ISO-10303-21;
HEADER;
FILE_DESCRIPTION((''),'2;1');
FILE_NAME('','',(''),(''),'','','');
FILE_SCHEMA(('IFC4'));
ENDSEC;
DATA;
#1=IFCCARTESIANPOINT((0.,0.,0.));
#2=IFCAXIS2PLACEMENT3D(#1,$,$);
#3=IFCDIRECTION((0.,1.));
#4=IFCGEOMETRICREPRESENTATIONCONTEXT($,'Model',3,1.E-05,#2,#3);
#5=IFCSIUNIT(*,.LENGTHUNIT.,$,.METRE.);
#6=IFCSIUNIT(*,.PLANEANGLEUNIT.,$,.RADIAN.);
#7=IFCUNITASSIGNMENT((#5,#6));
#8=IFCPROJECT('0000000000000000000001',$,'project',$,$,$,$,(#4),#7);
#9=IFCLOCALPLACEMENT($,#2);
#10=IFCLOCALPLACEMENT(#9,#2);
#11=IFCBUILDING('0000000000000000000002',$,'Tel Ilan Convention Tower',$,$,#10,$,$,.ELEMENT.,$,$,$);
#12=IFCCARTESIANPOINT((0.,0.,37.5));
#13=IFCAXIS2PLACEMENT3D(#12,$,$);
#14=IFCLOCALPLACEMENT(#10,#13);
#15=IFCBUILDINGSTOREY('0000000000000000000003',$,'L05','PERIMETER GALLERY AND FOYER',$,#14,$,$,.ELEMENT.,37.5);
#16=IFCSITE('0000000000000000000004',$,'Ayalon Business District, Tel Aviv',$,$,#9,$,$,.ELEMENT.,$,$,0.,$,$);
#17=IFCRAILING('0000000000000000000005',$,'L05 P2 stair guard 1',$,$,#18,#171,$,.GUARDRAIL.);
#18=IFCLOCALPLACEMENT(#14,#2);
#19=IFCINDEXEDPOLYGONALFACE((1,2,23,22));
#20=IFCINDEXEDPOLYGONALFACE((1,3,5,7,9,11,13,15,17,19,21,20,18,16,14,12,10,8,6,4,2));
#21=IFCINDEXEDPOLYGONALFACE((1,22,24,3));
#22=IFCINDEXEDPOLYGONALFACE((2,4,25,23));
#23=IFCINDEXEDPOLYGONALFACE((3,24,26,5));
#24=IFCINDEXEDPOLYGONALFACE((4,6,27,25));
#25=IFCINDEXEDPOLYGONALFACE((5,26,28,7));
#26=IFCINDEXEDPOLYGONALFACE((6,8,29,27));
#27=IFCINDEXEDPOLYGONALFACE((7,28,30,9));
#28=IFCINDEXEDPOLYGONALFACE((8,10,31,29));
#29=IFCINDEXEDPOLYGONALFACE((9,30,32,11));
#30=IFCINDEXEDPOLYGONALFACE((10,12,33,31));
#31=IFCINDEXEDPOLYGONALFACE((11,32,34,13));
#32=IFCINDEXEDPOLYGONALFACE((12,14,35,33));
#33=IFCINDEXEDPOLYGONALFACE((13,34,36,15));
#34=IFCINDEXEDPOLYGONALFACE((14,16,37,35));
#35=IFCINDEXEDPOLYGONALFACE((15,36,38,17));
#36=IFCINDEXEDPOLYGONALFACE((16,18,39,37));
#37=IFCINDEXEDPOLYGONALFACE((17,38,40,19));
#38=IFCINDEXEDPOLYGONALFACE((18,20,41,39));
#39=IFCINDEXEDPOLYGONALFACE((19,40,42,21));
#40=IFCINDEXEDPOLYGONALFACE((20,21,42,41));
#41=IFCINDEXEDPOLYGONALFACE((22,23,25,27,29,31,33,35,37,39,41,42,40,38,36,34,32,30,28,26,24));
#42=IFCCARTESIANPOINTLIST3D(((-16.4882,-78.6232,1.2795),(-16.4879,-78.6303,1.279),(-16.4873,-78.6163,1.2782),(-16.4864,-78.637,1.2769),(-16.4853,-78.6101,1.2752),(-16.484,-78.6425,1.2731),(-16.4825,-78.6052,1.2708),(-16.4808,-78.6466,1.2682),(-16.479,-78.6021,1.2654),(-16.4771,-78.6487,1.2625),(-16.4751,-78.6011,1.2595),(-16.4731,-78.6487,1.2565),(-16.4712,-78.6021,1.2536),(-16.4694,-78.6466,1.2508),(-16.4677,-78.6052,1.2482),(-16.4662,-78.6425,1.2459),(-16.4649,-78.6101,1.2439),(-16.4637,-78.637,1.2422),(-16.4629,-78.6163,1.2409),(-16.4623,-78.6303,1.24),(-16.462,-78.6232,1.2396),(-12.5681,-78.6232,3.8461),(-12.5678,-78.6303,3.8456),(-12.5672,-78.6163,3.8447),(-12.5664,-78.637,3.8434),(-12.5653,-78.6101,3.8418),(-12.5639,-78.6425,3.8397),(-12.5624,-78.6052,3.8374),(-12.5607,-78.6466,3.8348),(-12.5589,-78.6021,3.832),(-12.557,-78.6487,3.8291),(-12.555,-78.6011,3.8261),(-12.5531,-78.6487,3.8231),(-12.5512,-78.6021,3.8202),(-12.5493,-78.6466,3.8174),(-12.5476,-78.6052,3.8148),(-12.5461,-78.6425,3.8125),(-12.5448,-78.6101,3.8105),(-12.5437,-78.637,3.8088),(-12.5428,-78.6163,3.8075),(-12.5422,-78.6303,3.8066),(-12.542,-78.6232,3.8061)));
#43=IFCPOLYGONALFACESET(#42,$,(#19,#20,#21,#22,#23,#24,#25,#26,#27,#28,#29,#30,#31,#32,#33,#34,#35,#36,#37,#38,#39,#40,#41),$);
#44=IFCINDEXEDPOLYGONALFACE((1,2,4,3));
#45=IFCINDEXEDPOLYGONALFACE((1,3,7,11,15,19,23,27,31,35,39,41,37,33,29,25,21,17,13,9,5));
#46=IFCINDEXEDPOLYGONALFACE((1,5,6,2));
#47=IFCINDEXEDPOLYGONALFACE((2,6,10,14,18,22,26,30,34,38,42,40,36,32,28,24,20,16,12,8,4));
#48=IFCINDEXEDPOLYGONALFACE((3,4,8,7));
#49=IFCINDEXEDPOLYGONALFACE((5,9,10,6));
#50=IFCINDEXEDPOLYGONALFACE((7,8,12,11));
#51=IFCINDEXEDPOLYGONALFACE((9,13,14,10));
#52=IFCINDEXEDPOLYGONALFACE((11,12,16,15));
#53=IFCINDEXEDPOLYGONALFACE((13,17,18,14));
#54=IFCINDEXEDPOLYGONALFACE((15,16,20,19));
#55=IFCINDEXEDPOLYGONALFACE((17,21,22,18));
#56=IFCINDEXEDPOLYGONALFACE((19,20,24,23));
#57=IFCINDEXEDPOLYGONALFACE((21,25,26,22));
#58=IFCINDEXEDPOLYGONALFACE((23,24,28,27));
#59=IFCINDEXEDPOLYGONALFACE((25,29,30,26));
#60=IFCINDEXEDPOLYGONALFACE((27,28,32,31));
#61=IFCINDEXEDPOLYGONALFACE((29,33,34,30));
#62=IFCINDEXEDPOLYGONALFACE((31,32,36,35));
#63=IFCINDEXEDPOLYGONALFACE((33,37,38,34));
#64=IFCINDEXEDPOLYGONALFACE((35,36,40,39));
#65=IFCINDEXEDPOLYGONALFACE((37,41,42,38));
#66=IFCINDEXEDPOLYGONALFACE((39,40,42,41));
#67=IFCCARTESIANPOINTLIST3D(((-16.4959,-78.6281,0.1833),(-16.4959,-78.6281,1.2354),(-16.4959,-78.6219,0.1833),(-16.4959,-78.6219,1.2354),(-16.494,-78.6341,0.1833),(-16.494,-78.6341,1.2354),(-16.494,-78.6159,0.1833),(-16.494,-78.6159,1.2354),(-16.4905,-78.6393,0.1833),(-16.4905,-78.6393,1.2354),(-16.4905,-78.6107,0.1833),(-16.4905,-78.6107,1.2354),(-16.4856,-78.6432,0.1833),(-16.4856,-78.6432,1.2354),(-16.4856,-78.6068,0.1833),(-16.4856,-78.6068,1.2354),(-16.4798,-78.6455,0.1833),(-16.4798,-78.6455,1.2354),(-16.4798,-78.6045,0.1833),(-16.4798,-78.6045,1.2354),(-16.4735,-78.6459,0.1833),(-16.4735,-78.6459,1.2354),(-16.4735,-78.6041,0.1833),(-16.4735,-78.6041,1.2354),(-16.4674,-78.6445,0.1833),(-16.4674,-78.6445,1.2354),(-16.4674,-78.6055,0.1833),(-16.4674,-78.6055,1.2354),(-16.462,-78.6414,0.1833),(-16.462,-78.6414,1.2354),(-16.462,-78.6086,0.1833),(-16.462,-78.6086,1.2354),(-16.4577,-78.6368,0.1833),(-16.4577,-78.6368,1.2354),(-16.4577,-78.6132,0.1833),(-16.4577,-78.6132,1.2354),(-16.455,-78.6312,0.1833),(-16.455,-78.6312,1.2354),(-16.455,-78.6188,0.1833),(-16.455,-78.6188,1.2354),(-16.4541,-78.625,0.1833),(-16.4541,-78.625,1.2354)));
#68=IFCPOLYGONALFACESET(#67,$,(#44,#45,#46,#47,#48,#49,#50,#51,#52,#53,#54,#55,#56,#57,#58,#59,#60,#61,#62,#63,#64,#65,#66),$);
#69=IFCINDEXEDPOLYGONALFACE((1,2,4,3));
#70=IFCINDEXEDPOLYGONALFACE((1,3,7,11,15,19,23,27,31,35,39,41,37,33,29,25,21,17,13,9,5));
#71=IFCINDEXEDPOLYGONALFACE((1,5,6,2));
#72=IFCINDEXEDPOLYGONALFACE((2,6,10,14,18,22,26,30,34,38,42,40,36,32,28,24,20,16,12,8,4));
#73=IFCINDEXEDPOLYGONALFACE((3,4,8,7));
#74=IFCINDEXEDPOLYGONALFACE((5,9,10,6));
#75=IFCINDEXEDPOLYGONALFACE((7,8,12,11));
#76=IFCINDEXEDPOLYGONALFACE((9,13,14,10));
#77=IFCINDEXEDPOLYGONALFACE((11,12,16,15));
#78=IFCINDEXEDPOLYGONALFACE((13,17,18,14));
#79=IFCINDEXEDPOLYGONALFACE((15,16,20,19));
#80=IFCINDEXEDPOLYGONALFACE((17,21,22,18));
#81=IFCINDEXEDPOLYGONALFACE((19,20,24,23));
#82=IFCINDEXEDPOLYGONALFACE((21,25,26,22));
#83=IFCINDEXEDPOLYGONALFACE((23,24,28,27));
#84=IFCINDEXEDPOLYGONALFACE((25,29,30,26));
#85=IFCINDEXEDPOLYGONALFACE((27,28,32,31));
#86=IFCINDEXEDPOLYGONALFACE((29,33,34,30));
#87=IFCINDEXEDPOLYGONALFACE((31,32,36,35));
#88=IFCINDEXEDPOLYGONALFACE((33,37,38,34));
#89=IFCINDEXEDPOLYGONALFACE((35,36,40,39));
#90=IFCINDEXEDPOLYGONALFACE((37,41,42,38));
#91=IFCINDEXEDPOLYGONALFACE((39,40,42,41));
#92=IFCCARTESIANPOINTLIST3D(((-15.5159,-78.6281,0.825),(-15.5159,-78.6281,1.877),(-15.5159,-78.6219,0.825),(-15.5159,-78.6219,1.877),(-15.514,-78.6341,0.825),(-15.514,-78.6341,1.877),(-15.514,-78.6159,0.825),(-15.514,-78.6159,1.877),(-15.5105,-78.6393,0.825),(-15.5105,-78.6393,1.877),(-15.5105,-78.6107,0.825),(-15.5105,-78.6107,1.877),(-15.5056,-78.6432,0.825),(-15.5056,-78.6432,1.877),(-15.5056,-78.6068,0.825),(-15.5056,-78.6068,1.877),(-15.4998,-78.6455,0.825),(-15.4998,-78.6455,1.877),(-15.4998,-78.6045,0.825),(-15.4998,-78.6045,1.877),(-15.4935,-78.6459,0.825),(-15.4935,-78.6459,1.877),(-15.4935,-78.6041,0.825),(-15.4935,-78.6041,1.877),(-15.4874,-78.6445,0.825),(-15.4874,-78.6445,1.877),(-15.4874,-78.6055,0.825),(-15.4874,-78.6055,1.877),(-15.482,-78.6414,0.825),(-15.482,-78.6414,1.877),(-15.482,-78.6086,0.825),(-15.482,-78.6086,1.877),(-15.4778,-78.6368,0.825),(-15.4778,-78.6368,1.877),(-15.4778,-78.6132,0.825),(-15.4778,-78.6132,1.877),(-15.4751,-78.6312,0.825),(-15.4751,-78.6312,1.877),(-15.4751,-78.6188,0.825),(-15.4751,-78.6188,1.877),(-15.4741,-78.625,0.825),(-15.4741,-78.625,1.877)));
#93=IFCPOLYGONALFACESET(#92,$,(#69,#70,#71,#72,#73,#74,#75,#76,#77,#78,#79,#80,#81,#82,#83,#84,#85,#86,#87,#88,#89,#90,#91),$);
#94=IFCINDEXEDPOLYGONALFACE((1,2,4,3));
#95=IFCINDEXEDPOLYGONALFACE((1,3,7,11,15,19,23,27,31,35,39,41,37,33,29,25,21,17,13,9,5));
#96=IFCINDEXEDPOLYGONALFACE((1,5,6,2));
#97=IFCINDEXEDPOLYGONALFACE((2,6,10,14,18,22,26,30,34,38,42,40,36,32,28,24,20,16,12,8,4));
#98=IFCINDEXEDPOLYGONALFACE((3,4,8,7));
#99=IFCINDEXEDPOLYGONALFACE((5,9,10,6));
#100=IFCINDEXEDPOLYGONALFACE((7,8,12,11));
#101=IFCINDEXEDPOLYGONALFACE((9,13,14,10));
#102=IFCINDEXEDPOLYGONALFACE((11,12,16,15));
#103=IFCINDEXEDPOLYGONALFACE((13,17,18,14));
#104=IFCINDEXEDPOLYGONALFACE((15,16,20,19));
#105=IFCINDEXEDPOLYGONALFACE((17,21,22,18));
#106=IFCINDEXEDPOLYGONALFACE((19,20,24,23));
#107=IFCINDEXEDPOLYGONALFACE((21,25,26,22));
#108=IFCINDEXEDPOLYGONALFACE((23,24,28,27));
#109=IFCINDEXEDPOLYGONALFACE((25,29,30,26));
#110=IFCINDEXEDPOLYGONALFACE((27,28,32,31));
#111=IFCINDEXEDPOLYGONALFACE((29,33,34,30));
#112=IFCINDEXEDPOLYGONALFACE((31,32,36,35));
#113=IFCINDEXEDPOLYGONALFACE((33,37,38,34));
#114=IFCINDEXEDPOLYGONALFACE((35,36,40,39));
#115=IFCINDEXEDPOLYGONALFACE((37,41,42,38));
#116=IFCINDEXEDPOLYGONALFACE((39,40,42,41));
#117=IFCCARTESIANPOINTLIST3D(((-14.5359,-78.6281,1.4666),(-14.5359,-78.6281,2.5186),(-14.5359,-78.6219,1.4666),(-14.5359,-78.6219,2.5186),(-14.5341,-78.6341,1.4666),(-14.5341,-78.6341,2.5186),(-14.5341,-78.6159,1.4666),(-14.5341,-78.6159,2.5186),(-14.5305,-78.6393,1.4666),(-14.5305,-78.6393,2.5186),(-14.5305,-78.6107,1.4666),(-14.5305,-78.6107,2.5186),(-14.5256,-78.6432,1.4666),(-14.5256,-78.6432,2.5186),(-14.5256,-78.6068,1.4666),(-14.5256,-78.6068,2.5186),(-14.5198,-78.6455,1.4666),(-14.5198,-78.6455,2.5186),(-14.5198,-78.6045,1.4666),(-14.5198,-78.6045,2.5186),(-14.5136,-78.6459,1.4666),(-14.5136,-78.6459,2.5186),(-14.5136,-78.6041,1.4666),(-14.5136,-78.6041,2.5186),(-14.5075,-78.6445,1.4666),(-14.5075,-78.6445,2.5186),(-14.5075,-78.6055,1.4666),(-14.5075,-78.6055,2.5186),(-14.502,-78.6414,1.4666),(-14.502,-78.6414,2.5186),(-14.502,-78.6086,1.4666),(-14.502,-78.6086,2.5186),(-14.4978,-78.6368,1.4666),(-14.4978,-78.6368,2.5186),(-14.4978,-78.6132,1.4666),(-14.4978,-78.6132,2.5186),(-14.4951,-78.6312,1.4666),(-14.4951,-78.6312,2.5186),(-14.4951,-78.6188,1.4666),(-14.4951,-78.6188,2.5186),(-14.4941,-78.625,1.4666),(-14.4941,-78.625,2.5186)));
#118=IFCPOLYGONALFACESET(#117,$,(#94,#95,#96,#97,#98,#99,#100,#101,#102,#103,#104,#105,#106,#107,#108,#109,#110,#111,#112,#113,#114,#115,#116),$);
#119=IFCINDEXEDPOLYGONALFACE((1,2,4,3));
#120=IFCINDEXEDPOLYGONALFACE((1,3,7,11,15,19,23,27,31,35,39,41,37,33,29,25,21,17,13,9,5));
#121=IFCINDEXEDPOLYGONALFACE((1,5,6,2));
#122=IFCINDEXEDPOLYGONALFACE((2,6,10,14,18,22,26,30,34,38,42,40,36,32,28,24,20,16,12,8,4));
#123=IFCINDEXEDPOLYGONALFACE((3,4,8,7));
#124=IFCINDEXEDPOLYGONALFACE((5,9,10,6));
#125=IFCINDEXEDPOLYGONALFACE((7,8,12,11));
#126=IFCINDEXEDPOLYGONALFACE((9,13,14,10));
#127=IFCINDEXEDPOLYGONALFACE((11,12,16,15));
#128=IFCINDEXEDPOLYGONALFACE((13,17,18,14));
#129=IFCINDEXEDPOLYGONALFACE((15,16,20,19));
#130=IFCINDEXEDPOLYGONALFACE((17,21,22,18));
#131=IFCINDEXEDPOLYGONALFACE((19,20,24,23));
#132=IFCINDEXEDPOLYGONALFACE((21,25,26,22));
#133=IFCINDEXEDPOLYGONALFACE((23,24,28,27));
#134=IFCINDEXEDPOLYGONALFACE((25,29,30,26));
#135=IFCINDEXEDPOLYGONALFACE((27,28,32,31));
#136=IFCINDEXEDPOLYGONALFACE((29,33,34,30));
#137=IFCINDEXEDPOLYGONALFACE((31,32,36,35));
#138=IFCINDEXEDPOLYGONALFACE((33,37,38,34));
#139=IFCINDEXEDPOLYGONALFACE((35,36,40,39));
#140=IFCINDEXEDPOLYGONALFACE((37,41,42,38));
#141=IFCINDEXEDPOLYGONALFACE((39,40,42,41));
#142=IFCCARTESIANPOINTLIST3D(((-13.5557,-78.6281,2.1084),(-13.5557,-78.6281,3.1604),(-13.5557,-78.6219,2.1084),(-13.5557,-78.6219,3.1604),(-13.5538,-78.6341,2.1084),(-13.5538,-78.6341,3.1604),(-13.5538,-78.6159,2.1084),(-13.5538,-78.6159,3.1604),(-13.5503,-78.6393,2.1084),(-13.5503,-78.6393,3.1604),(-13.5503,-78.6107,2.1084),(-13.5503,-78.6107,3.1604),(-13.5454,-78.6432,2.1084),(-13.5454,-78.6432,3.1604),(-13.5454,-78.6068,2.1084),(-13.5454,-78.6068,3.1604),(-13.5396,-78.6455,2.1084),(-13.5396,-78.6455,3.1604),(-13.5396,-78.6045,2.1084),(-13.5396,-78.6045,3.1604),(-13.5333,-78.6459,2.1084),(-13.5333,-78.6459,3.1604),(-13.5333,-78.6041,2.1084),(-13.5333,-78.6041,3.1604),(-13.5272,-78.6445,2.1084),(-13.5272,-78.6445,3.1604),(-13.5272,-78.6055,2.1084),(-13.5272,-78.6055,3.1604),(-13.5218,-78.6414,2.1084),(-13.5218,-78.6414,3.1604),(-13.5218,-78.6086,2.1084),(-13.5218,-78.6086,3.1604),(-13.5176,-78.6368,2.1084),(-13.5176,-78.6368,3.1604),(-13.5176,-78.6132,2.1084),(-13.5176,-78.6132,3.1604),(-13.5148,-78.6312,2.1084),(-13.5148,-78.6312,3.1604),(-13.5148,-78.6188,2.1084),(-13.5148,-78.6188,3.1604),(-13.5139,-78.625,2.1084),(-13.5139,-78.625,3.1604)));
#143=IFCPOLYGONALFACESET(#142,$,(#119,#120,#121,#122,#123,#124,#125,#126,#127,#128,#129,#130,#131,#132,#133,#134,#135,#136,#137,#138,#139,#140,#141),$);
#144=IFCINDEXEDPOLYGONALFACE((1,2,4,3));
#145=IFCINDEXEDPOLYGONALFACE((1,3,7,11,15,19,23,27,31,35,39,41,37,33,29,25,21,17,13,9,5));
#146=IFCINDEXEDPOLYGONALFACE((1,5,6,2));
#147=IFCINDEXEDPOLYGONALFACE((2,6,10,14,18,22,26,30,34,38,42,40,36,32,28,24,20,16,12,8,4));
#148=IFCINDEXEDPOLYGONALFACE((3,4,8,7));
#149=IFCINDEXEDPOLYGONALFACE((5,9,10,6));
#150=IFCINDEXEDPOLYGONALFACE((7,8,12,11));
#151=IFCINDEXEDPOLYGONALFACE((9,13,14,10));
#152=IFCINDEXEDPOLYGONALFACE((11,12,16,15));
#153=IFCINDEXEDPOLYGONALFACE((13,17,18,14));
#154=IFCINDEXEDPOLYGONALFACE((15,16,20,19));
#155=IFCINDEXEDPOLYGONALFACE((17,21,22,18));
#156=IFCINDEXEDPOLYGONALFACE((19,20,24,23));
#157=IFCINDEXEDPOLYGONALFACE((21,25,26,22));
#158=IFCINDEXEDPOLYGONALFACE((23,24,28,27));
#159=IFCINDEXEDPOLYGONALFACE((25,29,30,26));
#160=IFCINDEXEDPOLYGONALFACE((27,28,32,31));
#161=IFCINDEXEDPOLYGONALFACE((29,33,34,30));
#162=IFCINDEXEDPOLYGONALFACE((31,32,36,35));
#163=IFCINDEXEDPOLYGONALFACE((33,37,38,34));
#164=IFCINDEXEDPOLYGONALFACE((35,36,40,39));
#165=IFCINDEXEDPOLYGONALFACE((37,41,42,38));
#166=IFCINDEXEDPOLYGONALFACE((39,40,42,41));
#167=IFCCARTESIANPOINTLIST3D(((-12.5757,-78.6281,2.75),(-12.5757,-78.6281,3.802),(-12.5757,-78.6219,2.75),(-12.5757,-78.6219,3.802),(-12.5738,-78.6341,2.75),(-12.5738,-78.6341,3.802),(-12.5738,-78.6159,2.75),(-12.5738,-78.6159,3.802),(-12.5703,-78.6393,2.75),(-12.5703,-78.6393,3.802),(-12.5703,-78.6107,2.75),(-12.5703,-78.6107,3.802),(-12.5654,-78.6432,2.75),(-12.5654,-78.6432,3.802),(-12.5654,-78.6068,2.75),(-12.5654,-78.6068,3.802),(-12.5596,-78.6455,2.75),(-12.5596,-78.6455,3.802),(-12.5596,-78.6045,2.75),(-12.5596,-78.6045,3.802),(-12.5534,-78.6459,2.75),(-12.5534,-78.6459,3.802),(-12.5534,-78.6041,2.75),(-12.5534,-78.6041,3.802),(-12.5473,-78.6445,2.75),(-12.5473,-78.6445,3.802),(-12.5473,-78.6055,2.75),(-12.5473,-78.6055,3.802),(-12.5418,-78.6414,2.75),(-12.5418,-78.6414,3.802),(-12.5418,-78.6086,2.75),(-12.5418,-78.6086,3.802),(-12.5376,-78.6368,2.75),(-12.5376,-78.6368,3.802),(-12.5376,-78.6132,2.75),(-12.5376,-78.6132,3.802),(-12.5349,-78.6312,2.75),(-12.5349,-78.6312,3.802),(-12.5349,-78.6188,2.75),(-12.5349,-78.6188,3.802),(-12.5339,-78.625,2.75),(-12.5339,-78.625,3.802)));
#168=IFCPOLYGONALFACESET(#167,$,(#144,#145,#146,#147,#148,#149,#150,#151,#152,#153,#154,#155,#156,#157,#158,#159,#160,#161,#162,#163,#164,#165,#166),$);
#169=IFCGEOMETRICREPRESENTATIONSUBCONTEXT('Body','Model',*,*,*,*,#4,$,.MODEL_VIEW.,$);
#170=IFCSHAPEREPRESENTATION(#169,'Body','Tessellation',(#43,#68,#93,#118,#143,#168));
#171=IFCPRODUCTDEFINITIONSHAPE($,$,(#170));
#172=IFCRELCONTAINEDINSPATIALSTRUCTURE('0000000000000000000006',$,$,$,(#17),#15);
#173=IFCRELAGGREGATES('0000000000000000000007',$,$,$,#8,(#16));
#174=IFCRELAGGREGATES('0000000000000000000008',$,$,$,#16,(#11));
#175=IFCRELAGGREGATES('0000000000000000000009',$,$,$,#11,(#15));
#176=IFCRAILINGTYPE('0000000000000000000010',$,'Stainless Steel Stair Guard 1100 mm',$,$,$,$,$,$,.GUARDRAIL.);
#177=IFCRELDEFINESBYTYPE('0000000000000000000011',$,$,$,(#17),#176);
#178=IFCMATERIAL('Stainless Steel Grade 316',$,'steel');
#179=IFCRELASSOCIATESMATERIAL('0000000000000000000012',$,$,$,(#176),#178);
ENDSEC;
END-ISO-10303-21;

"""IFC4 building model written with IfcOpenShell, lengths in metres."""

from ifc_helpers import new_model, si_unit, direction, frame, origin, origin_2d, place, context, subcontext, project, spatial, circle, extrude, material, type_object, element, save


model = new_model("IFC4")

# Units and contexts
model_context = context("Model", 3, precision=1e-05, world=origin(), true_north=direction((0.0, 1.0)))
body_context = subcontext(model_context, "Body", "Model", "MODEL_VIEW")
ifc_project = project(units=[si_unit("LENGTHUNIT", "METRE"), si_unit("PLANEANGLEUNIT", "RADIAN")], contexts=[model_context])

# Site, building, storey
site_placement = place(None, origin())
site = spatial("IfcSite", under=ifc_project, at=site_placement, Name="Ayalon Business District, Tel Aviv", CompositionType="ELEMENT", RefElevation=0.0)
building_placement = place(site_placement, origin())
building = spatial("IfcBuilding", under=site, at=building_placement, Name="Tel Ilan Convention Tower", CompositionType="ELEMENT")
storey_placement = place(building_placement, frame((0.0, 0.0, 37.5)))
storey = spatial("IfcBuildingStorey", under=building, at=storey_placement, Name="L05", Description="PERIMETER GALLERY AND FOYER", CompositionType="ELEMENT", Elevation=37.5)

# Railing
ifc_material_1 = material(Name="Stainless Steel Grade 316", Category="steel")
railing_type_1 = type_object("IfcRailingType", Name="Stainless Steel Stair Guard 1100 mm", PredefinedType="GUARDRAIL", material=ifc_material_1)
railing_1_placement = place(storey_placement, frame((-16.4751, -78.625, 0.1833)))
element("IfcRailing", 1, at=railing_1_placement, inside=storey, type_object=railing_type_1, Name="L05 P2 stair guard 1", PredefinedType="GUARDRAIL", context=body_context, shape_type="SweptSolid", body=[
    extrude(circle(Radius=0.0239, at=origin_2d()), frame((0.0, 0.0, 1.0762), z_axis=(0.836631, 0.0, 0.547767), x_axis=(0.0, 1.0, 0.0)), (0.0, 0.0, 1.0), 4.6855),
    extrude(circle(Radius=0.021, at=origin_2d()), origin(), (0.0, 0.0, 1.0), 1.052),
    extrude(circle(Radius=0.021, at=origin_2d()), frame((0.98, 0.0, 0.6416)), (0.0, 0.0, 1.0), 1.052),
    extrude(circle(Radius=0.021, at=origin_2d()), frame((1.96, 0.0, 1.2832)), (0.0, 0.0, 1.0), 1.052),
    extrude(circle(Radius=0.021, at=origin_2d()), frame((2.9402, 0.0, 1.925)), (0.0, 0.0, 1.0), 1.052),
    extrude(circle(Radius=0.021, at=origin_2d()), frame((3.9202, 0.0, 2.5667)), (0.0, 0.0, 1.0), 1.052),
])

save(model, "model.ifc")
